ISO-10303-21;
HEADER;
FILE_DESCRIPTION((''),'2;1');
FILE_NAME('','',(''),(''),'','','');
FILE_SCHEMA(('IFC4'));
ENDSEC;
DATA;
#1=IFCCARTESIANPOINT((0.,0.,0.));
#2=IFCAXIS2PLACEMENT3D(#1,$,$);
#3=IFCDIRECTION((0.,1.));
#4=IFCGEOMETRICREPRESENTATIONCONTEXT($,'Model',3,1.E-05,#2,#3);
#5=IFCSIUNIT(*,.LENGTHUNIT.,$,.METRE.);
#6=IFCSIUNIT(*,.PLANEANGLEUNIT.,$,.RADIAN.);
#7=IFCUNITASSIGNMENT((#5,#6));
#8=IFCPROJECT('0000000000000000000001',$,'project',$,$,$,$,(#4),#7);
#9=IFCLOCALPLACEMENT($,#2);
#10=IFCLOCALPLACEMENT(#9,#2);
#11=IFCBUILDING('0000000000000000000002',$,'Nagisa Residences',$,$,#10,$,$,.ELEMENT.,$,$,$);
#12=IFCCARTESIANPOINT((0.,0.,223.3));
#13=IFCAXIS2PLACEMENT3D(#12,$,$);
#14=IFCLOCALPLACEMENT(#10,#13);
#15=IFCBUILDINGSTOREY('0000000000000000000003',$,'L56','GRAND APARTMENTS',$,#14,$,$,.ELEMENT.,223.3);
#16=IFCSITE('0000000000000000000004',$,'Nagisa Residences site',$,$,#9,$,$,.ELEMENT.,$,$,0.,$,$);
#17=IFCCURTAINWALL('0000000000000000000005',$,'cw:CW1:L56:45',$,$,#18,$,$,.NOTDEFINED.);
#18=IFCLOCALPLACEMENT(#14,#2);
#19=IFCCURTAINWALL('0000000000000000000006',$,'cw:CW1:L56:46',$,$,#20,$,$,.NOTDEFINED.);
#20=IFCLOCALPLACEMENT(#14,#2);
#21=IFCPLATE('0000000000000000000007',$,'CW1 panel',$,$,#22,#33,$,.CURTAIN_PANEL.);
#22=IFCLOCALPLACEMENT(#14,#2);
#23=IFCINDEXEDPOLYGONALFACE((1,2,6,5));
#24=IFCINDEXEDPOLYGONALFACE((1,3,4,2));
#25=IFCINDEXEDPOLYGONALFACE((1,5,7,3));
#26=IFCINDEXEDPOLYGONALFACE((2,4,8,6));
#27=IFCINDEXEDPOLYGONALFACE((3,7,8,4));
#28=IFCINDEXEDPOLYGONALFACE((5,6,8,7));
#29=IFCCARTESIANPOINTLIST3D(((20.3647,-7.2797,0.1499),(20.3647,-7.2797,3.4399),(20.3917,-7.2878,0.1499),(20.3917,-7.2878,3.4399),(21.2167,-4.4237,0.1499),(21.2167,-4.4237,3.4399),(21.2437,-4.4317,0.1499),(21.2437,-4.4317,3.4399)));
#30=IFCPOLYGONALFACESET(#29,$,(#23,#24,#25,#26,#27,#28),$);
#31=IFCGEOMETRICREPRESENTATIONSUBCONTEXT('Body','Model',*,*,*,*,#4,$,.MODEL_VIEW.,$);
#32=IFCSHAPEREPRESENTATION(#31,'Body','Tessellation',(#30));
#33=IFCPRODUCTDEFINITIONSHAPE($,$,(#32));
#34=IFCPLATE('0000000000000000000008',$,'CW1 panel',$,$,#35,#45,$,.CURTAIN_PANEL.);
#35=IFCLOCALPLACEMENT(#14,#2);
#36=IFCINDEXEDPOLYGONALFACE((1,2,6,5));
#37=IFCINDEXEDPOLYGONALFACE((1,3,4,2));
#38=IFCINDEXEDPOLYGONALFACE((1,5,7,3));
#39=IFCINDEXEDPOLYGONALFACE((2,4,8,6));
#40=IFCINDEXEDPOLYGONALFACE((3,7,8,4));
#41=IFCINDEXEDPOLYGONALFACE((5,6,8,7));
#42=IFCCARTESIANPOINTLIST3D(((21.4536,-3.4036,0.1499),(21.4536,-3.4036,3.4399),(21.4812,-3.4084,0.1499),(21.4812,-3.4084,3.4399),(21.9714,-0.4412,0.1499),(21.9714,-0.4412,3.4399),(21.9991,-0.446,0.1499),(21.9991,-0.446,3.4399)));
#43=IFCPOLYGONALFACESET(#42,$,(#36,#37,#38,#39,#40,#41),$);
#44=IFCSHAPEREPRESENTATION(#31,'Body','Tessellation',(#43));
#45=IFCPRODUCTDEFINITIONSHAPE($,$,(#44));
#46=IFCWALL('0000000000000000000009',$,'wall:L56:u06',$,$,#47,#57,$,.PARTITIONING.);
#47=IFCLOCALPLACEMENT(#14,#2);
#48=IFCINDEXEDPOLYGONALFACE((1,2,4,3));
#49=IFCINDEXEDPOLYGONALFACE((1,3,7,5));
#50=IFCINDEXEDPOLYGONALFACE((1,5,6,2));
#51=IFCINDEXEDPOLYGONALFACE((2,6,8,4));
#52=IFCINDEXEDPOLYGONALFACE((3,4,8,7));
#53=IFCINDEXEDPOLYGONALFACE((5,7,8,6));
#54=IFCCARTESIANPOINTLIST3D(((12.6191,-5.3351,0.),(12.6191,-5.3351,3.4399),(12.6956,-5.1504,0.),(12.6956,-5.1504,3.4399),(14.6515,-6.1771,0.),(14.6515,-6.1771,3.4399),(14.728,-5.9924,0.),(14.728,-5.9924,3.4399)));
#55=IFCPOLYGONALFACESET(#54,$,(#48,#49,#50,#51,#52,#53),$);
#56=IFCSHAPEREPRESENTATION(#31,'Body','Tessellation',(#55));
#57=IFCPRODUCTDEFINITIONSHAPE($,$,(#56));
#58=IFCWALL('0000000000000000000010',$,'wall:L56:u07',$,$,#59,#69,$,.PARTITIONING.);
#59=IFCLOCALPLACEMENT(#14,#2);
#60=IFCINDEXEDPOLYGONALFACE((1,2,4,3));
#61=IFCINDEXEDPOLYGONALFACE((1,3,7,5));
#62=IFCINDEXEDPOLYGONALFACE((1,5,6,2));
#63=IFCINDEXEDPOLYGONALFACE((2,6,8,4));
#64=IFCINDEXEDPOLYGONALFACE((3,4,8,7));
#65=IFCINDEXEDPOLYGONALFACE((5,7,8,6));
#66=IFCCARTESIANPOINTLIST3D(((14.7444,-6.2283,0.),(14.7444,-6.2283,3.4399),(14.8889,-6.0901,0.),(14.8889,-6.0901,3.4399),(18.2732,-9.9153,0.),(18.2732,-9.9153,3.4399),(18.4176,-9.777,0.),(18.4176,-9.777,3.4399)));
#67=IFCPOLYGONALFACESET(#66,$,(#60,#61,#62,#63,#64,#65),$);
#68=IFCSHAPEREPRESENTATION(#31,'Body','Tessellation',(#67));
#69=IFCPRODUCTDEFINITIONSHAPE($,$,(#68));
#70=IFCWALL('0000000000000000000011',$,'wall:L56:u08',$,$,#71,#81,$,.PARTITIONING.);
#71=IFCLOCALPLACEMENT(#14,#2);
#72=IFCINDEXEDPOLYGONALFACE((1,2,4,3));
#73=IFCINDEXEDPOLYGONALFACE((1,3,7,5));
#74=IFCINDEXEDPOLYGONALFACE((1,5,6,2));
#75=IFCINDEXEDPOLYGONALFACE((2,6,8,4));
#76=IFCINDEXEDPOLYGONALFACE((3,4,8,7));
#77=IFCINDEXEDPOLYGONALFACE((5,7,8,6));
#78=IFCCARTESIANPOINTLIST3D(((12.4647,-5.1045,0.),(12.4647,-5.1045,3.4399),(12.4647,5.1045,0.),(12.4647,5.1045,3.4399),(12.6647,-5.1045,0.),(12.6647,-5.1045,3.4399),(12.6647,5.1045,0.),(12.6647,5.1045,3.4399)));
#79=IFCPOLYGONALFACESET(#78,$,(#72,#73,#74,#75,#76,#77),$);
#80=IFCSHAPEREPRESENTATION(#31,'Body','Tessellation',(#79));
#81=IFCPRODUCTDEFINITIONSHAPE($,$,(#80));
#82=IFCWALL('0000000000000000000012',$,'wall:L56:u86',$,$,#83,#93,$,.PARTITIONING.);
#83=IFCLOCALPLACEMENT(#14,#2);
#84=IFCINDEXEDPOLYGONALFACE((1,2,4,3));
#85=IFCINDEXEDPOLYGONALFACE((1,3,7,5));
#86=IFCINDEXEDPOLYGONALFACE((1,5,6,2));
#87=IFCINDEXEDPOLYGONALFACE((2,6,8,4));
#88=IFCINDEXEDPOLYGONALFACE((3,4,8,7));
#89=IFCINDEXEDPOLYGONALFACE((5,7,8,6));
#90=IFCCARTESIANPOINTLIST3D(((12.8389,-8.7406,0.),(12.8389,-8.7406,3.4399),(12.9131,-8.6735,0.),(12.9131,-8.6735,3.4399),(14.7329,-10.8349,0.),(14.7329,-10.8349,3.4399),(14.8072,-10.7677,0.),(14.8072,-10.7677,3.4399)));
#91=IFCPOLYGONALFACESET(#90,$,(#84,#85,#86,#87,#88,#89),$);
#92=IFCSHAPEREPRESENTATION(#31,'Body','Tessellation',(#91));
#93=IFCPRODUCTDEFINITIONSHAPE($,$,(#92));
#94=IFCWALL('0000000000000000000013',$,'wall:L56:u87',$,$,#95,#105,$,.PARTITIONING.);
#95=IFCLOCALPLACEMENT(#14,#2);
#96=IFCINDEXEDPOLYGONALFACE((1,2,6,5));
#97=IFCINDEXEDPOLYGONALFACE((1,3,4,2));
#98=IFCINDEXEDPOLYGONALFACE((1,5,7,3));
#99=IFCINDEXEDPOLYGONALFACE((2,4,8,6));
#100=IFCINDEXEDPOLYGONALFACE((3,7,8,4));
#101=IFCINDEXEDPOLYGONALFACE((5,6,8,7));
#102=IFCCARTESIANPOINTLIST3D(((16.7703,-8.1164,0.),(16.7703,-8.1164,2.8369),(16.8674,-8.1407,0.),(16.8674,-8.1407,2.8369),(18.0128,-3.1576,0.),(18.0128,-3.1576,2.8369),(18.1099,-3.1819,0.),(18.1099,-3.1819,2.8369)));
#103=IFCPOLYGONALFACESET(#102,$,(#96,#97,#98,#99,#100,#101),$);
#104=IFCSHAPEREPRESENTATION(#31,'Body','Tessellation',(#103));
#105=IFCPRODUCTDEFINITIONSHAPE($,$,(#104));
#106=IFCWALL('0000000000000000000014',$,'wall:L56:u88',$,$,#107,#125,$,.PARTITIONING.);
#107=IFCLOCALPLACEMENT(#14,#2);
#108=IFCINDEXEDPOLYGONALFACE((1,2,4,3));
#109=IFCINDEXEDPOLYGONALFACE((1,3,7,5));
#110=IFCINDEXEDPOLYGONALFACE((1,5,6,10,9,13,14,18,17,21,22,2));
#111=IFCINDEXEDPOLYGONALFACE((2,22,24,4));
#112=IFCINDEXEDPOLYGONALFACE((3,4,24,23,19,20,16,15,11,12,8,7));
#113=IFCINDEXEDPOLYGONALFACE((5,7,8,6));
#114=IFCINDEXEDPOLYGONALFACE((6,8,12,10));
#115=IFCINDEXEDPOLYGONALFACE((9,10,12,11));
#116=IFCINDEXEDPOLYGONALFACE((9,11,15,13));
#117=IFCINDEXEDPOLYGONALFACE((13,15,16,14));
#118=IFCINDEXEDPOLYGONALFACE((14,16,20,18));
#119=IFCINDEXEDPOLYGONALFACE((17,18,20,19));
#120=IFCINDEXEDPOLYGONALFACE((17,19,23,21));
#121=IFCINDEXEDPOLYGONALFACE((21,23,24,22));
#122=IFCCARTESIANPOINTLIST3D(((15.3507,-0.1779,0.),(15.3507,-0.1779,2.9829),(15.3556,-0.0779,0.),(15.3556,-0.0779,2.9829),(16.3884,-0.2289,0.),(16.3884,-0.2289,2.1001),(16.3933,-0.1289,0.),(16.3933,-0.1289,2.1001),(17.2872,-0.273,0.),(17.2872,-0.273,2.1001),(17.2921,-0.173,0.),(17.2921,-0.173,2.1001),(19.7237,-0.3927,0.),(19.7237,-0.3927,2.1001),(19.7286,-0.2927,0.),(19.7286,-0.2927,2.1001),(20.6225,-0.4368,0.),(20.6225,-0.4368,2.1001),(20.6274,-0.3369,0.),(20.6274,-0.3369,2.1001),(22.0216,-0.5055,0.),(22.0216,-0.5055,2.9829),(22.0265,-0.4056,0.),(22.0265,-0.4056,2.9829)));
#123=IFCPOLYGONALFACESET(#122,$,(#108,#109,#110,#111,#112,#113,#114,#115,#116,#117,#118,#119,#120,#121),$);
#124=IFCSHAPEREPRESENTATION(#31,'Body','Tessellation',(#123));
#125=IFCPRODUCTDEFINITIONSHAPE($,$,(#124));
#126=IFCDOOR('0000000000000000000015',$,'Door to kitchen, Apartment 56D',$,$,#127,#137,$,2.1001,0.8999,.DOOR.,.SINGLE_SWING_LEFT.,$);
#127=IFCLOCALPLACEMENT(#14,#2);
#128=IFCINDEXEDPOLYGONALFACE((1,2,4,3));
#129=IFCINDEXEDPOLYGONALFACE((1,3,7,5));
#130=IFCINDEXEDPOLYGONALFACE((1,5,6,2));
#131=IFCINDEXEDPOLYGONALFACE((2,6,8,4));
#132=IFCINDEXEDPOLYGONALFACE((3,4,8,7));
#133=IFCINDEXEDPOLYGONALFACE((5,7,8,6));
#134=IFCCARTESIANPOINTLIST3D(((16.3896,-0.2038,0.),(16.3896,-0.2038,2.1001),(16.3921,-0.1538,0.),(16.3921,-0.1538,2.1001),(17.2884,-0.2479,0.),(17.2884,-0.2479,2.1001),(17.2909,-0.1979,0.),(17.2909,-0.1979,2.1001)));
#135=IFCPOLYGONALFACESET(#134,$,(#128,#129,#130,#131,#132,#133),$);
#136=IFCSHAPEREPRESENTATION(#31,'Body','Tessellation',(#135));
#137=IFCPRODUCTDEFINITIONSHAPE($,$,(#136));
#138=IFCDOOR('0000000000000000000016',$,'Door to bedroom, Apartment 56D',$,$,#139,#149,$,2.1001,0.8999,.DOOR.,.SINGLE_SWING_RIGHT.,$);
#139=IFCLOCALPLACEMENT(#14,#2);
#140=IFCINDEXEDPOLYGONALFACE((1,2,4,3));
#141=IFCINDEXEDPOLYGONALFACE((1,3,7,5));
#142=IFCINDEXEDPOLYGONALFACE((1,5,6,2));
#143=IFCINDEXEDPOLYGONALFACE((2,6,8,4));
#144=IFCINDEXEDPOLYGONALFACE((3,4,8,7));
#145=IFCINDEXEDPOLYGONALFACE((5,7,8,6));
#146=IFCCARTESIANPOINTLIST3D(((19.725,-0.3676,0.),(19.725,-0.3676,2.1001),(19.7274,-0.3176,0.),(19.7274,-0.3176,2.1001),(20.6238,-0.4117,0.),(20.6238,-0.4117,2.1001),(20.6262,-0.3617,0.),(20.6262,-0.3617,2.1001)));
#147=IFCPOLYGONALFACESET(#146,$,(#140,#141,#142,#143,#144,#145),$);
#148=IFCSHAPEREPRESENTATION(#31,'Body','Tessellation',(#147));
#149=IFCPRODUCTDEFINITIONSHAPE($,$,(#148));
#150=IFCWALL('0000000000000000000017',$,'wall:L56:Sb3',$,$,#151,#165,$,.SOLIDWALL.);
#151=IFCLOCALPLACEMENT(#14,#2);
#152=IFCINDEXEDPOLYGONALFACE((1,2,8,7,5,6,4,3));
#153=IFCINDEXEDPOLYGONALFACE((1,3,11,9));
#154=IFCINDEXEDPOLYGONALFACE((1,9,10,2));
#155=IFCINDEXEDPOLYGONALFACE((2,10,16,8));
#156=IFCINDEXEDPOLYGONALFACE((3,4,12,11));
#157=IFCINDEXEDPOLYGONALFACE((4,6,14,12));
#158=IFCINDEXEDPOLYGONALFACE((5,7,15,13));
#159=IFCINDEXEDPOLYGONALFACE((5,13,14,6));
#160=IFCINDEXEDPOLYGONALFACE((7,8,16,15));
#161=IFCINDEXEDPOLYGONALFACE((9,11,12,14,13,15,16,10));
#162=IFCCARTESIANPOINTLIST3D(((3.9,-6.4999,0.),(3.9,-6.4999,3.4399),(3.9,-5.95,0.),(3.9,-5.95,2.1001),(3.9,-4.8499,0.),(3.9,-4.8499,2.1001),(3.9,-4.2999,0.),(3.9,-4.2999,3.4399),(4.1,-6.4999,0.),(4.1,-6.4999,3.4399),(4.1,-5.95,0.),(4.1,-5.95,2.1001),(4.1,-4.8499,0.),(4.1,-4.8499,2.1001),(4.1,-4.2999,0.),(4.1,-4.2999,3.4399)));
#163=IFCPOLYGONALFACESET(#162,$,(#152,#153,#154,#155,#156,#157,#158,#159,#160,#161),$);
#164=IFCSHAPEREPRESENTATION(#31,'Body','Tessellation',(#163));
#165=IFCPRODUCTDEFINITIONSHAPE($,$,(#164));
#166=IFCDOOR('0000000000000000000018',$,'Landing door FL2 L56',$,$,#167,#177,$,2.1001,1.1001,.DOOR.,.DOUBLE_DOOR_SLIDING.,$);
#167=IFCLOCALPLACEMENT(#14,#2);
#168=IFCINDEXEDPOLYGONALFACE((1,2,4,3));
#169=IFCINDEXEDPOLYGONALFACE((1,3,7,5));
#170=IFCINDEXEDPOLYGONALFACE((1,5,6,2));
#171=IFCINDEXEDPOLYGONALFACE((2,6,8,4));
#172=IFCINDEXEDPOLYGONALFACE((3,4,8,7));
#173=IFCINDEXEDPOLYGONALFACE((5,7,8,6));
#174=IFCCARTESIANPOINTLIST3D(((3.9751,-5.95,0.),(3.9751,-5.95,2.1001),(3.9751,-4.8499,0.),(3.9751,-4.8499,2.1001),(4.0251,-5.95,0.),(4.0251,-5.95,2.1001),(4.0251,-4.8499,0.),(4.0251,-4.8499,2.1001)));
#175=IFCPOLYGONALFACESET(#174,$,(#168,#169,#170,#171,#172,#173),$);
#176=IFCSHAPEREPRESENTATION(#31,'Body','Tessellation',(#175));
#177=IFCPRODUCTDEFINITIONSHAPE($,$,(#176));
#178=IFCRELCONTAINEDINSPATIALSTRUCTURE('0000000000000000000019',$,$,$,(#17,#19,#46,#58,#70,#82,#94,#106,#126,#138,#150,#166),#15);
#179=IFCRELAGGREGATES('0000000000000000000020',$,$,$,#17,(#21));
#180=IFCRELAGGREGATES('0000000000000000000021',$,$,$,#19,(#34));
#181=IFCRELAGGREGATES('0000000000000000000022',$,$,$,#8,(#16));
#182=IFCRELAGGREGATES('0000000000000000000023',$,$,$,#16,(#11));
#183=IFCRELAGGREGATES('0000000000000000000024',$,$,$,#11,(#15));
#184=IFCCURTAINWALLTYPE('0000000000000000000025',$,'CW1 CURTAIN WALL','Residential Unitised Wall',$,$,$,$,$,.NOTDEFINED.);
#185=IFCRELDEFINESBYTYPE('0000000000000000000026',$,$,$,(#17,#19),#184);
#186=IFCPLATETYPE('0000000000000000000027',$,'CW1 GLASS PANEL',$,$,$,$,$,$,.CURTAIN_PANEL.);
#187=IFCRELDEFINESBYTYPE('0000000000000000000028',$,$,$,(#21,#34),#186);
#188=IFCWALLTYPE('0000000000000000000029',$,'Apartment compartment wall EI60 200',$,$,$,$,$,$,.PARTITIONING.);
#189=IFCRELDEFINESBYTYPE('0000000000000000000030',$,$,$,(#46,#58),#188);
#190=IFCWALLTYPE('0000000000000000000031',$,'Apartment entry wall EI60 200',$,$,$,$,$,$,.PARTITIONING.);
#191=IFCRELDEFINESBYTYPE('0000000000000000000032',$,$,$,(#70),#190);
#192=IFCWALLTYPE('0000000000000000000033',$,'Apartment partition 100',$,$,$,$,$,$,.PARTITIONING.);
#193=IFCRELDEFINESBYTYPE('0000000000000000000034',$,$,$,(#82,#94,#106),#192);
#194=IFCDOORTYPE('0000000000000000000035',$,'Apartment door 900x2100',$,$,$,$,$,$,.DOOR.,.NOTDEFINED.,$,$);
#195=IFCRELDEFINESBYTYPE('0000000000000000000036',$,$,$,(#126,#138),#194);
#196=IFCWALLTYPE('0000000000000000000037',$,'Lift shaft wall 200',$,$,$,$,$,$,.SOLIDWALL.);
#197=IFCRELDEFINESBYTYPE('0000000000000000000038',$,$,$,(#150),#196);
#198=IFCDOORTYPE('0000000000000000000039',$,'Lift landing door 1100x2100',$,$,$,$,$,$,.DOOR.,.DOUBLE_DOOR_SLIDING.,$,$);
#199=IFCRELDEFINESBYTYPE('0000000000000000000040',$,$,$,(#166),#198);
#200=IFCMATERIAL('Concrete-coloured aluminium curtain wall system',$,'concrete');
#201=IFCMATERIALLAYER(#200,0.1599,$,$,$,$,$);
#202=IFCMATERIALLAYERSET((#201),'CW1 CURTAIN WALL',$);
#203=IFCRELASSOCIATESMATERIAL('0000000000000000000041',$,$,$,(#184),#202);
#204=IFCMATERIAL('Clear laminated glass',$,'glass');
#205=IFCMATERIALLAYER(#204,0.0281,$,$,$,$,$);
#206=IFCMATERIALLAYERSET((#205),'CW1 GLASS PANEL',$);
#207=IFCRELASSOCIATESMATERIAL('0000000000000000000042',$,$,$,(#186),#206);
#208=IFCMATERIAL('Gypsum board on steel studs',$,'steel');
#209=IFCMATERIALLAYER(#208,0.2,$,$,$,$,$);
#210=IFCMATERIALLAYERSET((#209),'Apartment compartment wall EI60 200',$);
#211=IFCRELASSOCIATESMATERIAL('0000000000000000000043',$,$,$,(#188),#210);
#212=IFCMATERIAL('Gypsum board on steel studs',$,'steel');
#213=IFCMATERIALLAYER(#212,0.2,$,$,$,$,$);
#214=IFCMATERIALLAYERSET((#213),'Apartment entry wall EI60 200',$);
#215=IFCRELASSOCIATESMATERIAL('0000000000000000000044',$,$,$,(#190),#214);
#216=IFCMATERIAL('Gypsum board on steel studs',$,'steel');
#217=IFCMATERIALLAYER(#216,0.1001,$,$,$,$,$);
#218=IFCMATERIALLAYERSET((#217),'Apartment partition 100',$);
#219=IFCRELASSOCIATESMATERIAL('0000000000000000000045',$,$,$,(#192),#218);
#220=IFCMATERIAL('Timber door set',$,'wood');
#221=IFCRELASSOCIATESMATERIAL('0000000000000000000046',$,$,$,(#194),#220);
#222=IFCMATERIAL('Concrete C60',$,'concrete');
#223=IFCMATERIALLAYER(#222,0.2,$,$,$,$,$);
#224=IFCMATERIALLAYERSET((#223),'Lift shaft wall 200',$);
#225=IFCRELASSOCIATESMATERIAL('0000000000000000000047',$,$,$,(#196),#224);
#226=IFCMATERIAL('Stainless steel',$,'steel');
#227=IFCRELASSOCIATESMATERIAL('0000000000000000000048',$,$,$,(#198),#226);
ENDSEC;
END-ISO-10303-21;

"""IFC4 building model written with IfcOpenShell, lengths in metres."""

from ifc_helpers import new_model, si_unit, direction, frame, frame_2d, origin, origin_2d, place, context, subcontext, project, spatial, rectangle, extrude, material, layer, layer_set, type_object, element, fill, aggregate, save


model = new_model("IFC4")

# Units and contexts
model_context = context("Model", 3, precision=1e-05, world=origin(), true_north=direction((0.0, 1.0)))
body_context = subcontext(model_context, "Body", "Model", "MODEL_VIEW")
ifc_project = project(units=[si_unit("LENGTHUNIT", "METRE"), si_unit("PLANEANGLEUNIT", "RADIAN")], contexts=[model_context])

# Site, building, storey
site_placement = place(None, origin())
site = spatial("IfcSite", under=ifc_project, at=site_placement, Name="Nagisa Residences site", CompositionType="ELEMENT", RefElevation=0.0)
building_placement = place(site_placement, origin())
building = spatial("IfcBuilding", under=site, at=building_placement, Name="Nagisa Residences", CompositionType="ELEMENT")
storey_placement = place(building_placement, frame((0.0, 0.0, 223.3)))
storey = spatial("IfcBuildingStorey", under=building, at=storey_placement, Name="L56", Description="GRAND APARTMENTS", CompositionType="ELEMENT", Elevation=223.3)

# Curtain walls
ifc_material_1 = material(Name="Concrete-coloured aluminium curtain wall system", Category="concrete")
ifc_layer_1 = layer(ifc_material_1, 0.1599)
ifc_layer_set_1 = layer_set([ifc_layer_1], Name="CW1 CURTAIN WALL")
curtain_wall_type = type_object("IfcCurtainWallType", Name="CW1 CURTAIN WALL", Description="Residential Unitised Wall", PredefinedType="NOTDEFINED", material=ifc_layer_set_1)
curtain_wall_1_placement = place(storey_placement, origin())
curtain_wall_1 = element("IfcCurtainWall", 1, at=curtain_wall_1_placement, inside=storey, type_object=curtain_wall_type, Name="cw:CW1:L56:45", PredefinedType="NOTDEFINED")
curtain_wall_2_placement = place(storey_placement, origin())
curtain_wall_2 = element("IfcCurtainWall", 2, at=curtain_wall_2_placement, inside=storey, type_object=curtain_wall_type, Name="cw:CW1:L56:46", PredefinedType="NOTDEFINED")

# Shared definitions
ifc_material_2 = material(Name="Clear laminated glass", Category="glass")
ifc_layer_2 = layer(ifc_material_2, 0.0281)
ifc_layer_set_2 = layer_set([ifc_layer_2], Name="CW1 GLASS PANEL")
plate_type = type_object("IfcPlateType", Name="CW1 GLASS PANEL", PredefinedType="CURTAIN_PANEL", material=ifc_layer_set_2)

# Plates
plate_1_placement = place(storey_placement, frame((20.8042, -5.8557, 0.1499), z_axis=(0.0, 0.0, 1.0), x_axis=(0.28586, 0.958271, 0.0)))
plate_1 = element("IfcPlate", 3, at=plate_1_placement, type_object=plate_type, Name="CW1 panel", PredefinedType="CURTAIN_PANEL", context=body_context, shape_type="SweptSolid", body=[
    extrude(rectangle(XDim=2.9805, YDim=0.0281, at=origin_2d()), origin(), (0.0, 0.0, 1.0), 3.29),
])
aggregate(curtain_wall_1, [plate_1])
plate_2_placement = place(storey_placement, frame((21.7263, -1.9248, 0.1499), z_axis=(0.0, 0.0, 1.0), x_axis=(0.172191, 0.985064, 0.0)))
plate_2 = element("IfcPlate", 4, at=plate_2_placement, type_object=plate_type, Name="CW1 panel", PredefinedType="CURTAIN_PANEL", context=body_context, shape_type="SweptSolid", body=[
    extrude(rectangle(XDim=3.0073, YDim=0.0281, at=origin_2d()), origin(), (0.0, 0.0, 1.0), 3.29),
])
aggregate(curtain_wall_2, [plate_2])

# Walls
ifc_material_3 = material(Name="Gypsum board on steel studs", Category="steel")
ifc_layer_3 = layer(ifc_material_3, 0.2)
ifc_layer_set_3 = layer_set([ifc_layer_3], Name="Apartment compartment wall EI60 200")
wall_type_1 = type_object("IfcWallType", Name="Apartment compartment wall EI60 200", PredefinedType="PARTITIONING", material=ifc_layer_set_3)
wall_1_placement = place(storey_placement, frame((12.6572, -5.2427, 0.0), z_axis=(0.0, 0.0, 1.0), x_axis=(0.923853, -0.382747, 0.0)))
element("IfcWall", 5, at=wall_1_placement, inside=storey, type_object=wall_type_1, Name="wall:L56:u06", PredefinedType="PARTITIONING", context=body_context, shape_type="SweptSolid", body=[
    extrude(rectangle(XDim=2.2, YDim=0.2, at=frame_2d((1.1001, 0.0))), origin(), (0.0, 0.0, 1.0), 3.4399),
])
wall_2_placement = place(storey_placement, frame((14.8167, -6.1592, 0.0), z_axis=(0.0, 0.0, 1.0), x_axis=(0.691438, -0.722436, 0.0)))
element("IfcWall", 6, at=wall_2_placement, inside=storey, type_object=wall_type_1, Name="wall:L56:u07", PredefinedType="PARTITIONING", context=body_context, shape_type="SweptSolid", body=[
    extrude(rectangle(XDim=5.1035, YDim=0.2, at=frame_2d((2.5518, 0.0))), origin(), (0.0, 0.0, 1.0), 3.4399),
])
ifc_material_4 = material(Name="Gypsum board on steel studs", Category="steel")
ifc_layer_4 = layer(ifc_material_4, 0.2)
ifc_layer_set_4 = layer_set([ifc_layer_4], Name="Apartment entry wall EI60 200")
wall_type_2 = type_object("IfcWallType", Name="Apartment entry wall EI60 200", PredefinedType="PARTITIONING", material=ifc_layer_set_4)
wall_3_placement = place(storey_placement, frame((12.5647, -5.1045, 0.0), z_axis=(0.0, 0.0, 1.0), x_axis=(0.0, 1.0, 0.0)))
element("IfcWall", 7, at=wall_3_placement, inside=storey, type_object=wall_type_2, Name="wall:L56:u08", PredefinedType="PARTITIONING", context=body_context, shape_type="SweptSolid", body=[
    extrude(rectangle(XDim=10.209, YDim=0.2, at=frame_2d((5.1045, 0.0))), origin(), (0.0, 0.0, 1.0), 3.4399),
])
ifc_material_5 = material(Name="Gypsum board on steel studs", Category="steel")
ifc_layer_5 = layer(ifc_material_5, 0.1001)
ifc_layer_set_5 = layer_set([ifc_layer_5], Name="Apartment partition 100")
wall_type_3 = type_object("IfcWallType", Name="Apartment partition 100", PredefinedType="PARTITIONING", material=ifc_layer_set_5)
wall_4_placement = place(storey_placement, frame((12.876, -8.707, 0.0), z_axis=(0.0, 0.0, 1.0), x_axis=(0.670768, -0.741667, 0.0)))
element("IfcWall", 8, at=wall_4_placement, inside=storey, type_object=wall_type_3, Name="wall:L56:u86", PredefinedType="PARTITIONING", context=body_context, shape_type="SweptSolid", body=[
    extrude(rectangle(XDim=2.8237, YDim=0.1001, at=frame_2d((1.4119, 0.0))), origin(), (0.0, 0.0, 1.0), 3.4399),
])
wall_5_placement = place(storey_placement, frame((16.8188, -8.1287, 0.0), z_axis=(0.0, 0.0, 1.0), x_axis=(0.243041, 0.970016, 0.0)))
element("IfcWall", 9, at=wall_5_placement, inside=storey, type_object=wall_type_3, Name="wall:L56:u87", PredefinedType="PARTITIONING", context=body_context, shape_type="SweptSolid", body=[
    extrude(rectangle(XDim=5.1121, YDim=0.1001, at=frame_2d((2.5562, 0.0))), origin(), (0.0, 0.0, 1.0), 2.8369),
])

# Wall, openings, doors
wall_6_placement = place(storey_placement, frame((15.3533, -0.1279, 0.0), z_axis=(0.0, 0.0, 1.0), x_axis=(0.998796, -0.049055, 0.0)))
wall_6 = element("IfcWall", 10, at=wall_6_placement, inside=storey, type_object=wall_type_3, Name="wall:L56:u88", PredefinedType="PARTITIONING", context=body_context, shape_type="SweptSolid", body=[
    extrude(rectangle(XDim=6.679, YDim=0.1001, at=frame_2d((3.3394, 0.0))), origin(), (0.0, 0.0, 1.0), 2.9829),
])
opening_1_placement = place(wall_6_placement, frame((1.0388, 0.0, 0.0)))
opening_1 = element("IfcOpeningElement", 11, at=opening_1_placement, cuts=wall_6, PredefinedType="OPENING", context=body_context, shape_type="SweptSolid", body=[
    extrude(rectangle(XDim=0.8999, YDim=2.1001, at=frame_2d((0.45, 1.05))), frame((0.0, 0.0601, 0.0), z_axis=(0.0, -1.0, 0.0), x_axis=(1.0, 0.0, 0.0)), (0.0, 0.0, 1.0), 0.1201),
])
opening_2_placement = place(wall_6_placement, frame((4.3782, 0.0, 0.0)))
opening_2 = element("IfcOpeningElement", 12, at=opening_2_placement, cuts=wall_6, PredefinedType="OPENING", context=body_context, shape_type="SweptSolid", body=[
    extrude(rectangle(XDim=0.8999, YDim=2.1001, at=frame_2d((0.45, 1.05))), frame((0.0, 0.0601, 0.0), z_axis=(0.0, -1.0, 0.0), x_axis=(1.0, 0.0, 0.0)), (0.0, 0.0, 1.0), 0.1201),
])
ifc_material_6 = material(Name="Timber door set", Category="wood")
door_type_1 = type_object("IfcDoorType", Name="Apartment door 900x2100", OperationType="NOTDEFINED", PredefinedType="DOOR", material=ifc_material_6)
door_1_placement = place(opening_1_placement, frame((0.8999, 0.0, 0.0), x_axis=(-1.0, 0.0, 0.0)))
door_1 = element("IfcDoor", 13, at=door_1_placement, inside=storey, type_object=door_type_1, Name="Door to kitchen, Apartment 56D", OperationType="SINGLE_SWING_LEFT", OverallHeight=2.1001, OverallWidth=0.8999, PredefinedType="DOOR", context=body_context, shape_type="SweptSolid", body=[
    extrude(rectangle(XDim=0.8999, YDim=2.1001, at=frame_2d((0.45, 1.05))), frame((0.0, 0.0249, 0.0), z_axis=(0.0, -1.0, 0.0), x_axis=(1.0, 0.0, 0.0)), (0.0, 0.0, 1.0), 0.05),
])
fill(opening_1, door_1)
door_2_placement = place(opening_2_placement, frame((0.8999, 0.0, 0.0), x_axis=(-1.0, 0.0, 0.0)))
door_2 = element("IfcDoor", 14, at=door_2_placement, inside=storey, type_object=door_type_1, Name="Door to bedroom, Apartment 56D", OperationType="SINGLE_SWING_RIGHT", OverallHeight=2.1001, OverallWidth=0.8999, PredefinedType="DOOR", context=body_context, shape_type="SweptSolid", body=[
    extrude(rectangle(XDim=0.8999, YDim=2.1001, at=frame_2d((0.45, 1.05))), frame((0.0, 0.0249, 0.0), z_axis=(0.0, -1.0, 0.0), x_axis=(1.0, 0.0, 0.0)), (0.0, 0.0, 1.0), 0.05),
])
fill(opening_2, door_2)

# Wall, opening, door
ifc_material_7 = material(Name="Concrete C60", Category="concrete")
ifc_layer_6 = layer(ifc_material_7, 0.2)
ifc_layer_set_6 = layer_set([ifc_layer_6], Name="Lift shaft wall 200")
wall_type_4 = type_object("IfcWallType", Name="Lift shaft wall 200", PredefinedType="SOLIDWALL", material=ifc_layer_set_6)
wall_7_placement = place(storey_placement, frame((4.0, -6.5, 0.0), z_axis=(0.0, 0.0, 1.0), x_axis=(0.0, 1.0, 0.0)))
wall_7 = element("IfcWall", 15, at=wall_7_placement, inside=storey, type_object=wall_type_4, Name="wall:L56:Sb3", PredefinedType="SOLIDWALL", context=body_context, shape_type="SweptSolid", body=[
    extrude(rectangle(XDim=2.2, YDim=0.2, at=frame_2d((1.1001, 0.0))), origin(), (0.0, 0.0, 1.0), 3.4399),
])
opening_3_placement = place(wall_7_placement, frame((0.55, 0.0, 0.0)))
opening_3 = element("IfcOpeningElement", 16, at=opening_3_placement, cuts=wall_7, PredefinedType="OPENING", context=body_context, shape_type="SweptSolid", body=[
    extrude(rectangle(XDim=1.1001, YDim=2.1001, at=frame_2d((0.55, 1.05))), frame((0.0, 0.1099, 0.0), z_axis=(0.0, -1.0, 0.0), x_axis=(1.0, 0.0, 0.0)), (0.0, 0.0, 1.0), 0.22),
])
ifc_material_8 = material(Name="Stainless steel", Category="steel")
door_type_2 = type_object("IfcDoorType", Name="Lift landing door 1100x2100", OperationType="DOUBLE_DOOR_SLIDING", PredefinedType="DOOR", material=ifc_material_8)
door_3_placement = place(opening_3_placement, origin())
door_3 = element("IfcDoor", 17, at=door_3_placement, inside=storey, type_object=door_type_2, Name="Landing door FL2 L56", OperationType="DOUBLE_DOOR_SLIDING", OverallHeight=2.1001, OverallWidth=1.1001, PredefinedType="DOOR", context=body_context, shape_type="SweptSolid", body=[
    extrude(rectangle(XDim=1.1001, YDim=2.1001, at=frame_2d((0.55, 1.05))), frame((0.0, 0.0249, 0.0), z_axis=(0.0, -1.0, 0.0), x_axis=(1.0, 0.0, 0.0)), (0.0, 0.0, 1.0), 0.05),
])
fill(opening_3, door_3)

save(model, "model.ifc")
